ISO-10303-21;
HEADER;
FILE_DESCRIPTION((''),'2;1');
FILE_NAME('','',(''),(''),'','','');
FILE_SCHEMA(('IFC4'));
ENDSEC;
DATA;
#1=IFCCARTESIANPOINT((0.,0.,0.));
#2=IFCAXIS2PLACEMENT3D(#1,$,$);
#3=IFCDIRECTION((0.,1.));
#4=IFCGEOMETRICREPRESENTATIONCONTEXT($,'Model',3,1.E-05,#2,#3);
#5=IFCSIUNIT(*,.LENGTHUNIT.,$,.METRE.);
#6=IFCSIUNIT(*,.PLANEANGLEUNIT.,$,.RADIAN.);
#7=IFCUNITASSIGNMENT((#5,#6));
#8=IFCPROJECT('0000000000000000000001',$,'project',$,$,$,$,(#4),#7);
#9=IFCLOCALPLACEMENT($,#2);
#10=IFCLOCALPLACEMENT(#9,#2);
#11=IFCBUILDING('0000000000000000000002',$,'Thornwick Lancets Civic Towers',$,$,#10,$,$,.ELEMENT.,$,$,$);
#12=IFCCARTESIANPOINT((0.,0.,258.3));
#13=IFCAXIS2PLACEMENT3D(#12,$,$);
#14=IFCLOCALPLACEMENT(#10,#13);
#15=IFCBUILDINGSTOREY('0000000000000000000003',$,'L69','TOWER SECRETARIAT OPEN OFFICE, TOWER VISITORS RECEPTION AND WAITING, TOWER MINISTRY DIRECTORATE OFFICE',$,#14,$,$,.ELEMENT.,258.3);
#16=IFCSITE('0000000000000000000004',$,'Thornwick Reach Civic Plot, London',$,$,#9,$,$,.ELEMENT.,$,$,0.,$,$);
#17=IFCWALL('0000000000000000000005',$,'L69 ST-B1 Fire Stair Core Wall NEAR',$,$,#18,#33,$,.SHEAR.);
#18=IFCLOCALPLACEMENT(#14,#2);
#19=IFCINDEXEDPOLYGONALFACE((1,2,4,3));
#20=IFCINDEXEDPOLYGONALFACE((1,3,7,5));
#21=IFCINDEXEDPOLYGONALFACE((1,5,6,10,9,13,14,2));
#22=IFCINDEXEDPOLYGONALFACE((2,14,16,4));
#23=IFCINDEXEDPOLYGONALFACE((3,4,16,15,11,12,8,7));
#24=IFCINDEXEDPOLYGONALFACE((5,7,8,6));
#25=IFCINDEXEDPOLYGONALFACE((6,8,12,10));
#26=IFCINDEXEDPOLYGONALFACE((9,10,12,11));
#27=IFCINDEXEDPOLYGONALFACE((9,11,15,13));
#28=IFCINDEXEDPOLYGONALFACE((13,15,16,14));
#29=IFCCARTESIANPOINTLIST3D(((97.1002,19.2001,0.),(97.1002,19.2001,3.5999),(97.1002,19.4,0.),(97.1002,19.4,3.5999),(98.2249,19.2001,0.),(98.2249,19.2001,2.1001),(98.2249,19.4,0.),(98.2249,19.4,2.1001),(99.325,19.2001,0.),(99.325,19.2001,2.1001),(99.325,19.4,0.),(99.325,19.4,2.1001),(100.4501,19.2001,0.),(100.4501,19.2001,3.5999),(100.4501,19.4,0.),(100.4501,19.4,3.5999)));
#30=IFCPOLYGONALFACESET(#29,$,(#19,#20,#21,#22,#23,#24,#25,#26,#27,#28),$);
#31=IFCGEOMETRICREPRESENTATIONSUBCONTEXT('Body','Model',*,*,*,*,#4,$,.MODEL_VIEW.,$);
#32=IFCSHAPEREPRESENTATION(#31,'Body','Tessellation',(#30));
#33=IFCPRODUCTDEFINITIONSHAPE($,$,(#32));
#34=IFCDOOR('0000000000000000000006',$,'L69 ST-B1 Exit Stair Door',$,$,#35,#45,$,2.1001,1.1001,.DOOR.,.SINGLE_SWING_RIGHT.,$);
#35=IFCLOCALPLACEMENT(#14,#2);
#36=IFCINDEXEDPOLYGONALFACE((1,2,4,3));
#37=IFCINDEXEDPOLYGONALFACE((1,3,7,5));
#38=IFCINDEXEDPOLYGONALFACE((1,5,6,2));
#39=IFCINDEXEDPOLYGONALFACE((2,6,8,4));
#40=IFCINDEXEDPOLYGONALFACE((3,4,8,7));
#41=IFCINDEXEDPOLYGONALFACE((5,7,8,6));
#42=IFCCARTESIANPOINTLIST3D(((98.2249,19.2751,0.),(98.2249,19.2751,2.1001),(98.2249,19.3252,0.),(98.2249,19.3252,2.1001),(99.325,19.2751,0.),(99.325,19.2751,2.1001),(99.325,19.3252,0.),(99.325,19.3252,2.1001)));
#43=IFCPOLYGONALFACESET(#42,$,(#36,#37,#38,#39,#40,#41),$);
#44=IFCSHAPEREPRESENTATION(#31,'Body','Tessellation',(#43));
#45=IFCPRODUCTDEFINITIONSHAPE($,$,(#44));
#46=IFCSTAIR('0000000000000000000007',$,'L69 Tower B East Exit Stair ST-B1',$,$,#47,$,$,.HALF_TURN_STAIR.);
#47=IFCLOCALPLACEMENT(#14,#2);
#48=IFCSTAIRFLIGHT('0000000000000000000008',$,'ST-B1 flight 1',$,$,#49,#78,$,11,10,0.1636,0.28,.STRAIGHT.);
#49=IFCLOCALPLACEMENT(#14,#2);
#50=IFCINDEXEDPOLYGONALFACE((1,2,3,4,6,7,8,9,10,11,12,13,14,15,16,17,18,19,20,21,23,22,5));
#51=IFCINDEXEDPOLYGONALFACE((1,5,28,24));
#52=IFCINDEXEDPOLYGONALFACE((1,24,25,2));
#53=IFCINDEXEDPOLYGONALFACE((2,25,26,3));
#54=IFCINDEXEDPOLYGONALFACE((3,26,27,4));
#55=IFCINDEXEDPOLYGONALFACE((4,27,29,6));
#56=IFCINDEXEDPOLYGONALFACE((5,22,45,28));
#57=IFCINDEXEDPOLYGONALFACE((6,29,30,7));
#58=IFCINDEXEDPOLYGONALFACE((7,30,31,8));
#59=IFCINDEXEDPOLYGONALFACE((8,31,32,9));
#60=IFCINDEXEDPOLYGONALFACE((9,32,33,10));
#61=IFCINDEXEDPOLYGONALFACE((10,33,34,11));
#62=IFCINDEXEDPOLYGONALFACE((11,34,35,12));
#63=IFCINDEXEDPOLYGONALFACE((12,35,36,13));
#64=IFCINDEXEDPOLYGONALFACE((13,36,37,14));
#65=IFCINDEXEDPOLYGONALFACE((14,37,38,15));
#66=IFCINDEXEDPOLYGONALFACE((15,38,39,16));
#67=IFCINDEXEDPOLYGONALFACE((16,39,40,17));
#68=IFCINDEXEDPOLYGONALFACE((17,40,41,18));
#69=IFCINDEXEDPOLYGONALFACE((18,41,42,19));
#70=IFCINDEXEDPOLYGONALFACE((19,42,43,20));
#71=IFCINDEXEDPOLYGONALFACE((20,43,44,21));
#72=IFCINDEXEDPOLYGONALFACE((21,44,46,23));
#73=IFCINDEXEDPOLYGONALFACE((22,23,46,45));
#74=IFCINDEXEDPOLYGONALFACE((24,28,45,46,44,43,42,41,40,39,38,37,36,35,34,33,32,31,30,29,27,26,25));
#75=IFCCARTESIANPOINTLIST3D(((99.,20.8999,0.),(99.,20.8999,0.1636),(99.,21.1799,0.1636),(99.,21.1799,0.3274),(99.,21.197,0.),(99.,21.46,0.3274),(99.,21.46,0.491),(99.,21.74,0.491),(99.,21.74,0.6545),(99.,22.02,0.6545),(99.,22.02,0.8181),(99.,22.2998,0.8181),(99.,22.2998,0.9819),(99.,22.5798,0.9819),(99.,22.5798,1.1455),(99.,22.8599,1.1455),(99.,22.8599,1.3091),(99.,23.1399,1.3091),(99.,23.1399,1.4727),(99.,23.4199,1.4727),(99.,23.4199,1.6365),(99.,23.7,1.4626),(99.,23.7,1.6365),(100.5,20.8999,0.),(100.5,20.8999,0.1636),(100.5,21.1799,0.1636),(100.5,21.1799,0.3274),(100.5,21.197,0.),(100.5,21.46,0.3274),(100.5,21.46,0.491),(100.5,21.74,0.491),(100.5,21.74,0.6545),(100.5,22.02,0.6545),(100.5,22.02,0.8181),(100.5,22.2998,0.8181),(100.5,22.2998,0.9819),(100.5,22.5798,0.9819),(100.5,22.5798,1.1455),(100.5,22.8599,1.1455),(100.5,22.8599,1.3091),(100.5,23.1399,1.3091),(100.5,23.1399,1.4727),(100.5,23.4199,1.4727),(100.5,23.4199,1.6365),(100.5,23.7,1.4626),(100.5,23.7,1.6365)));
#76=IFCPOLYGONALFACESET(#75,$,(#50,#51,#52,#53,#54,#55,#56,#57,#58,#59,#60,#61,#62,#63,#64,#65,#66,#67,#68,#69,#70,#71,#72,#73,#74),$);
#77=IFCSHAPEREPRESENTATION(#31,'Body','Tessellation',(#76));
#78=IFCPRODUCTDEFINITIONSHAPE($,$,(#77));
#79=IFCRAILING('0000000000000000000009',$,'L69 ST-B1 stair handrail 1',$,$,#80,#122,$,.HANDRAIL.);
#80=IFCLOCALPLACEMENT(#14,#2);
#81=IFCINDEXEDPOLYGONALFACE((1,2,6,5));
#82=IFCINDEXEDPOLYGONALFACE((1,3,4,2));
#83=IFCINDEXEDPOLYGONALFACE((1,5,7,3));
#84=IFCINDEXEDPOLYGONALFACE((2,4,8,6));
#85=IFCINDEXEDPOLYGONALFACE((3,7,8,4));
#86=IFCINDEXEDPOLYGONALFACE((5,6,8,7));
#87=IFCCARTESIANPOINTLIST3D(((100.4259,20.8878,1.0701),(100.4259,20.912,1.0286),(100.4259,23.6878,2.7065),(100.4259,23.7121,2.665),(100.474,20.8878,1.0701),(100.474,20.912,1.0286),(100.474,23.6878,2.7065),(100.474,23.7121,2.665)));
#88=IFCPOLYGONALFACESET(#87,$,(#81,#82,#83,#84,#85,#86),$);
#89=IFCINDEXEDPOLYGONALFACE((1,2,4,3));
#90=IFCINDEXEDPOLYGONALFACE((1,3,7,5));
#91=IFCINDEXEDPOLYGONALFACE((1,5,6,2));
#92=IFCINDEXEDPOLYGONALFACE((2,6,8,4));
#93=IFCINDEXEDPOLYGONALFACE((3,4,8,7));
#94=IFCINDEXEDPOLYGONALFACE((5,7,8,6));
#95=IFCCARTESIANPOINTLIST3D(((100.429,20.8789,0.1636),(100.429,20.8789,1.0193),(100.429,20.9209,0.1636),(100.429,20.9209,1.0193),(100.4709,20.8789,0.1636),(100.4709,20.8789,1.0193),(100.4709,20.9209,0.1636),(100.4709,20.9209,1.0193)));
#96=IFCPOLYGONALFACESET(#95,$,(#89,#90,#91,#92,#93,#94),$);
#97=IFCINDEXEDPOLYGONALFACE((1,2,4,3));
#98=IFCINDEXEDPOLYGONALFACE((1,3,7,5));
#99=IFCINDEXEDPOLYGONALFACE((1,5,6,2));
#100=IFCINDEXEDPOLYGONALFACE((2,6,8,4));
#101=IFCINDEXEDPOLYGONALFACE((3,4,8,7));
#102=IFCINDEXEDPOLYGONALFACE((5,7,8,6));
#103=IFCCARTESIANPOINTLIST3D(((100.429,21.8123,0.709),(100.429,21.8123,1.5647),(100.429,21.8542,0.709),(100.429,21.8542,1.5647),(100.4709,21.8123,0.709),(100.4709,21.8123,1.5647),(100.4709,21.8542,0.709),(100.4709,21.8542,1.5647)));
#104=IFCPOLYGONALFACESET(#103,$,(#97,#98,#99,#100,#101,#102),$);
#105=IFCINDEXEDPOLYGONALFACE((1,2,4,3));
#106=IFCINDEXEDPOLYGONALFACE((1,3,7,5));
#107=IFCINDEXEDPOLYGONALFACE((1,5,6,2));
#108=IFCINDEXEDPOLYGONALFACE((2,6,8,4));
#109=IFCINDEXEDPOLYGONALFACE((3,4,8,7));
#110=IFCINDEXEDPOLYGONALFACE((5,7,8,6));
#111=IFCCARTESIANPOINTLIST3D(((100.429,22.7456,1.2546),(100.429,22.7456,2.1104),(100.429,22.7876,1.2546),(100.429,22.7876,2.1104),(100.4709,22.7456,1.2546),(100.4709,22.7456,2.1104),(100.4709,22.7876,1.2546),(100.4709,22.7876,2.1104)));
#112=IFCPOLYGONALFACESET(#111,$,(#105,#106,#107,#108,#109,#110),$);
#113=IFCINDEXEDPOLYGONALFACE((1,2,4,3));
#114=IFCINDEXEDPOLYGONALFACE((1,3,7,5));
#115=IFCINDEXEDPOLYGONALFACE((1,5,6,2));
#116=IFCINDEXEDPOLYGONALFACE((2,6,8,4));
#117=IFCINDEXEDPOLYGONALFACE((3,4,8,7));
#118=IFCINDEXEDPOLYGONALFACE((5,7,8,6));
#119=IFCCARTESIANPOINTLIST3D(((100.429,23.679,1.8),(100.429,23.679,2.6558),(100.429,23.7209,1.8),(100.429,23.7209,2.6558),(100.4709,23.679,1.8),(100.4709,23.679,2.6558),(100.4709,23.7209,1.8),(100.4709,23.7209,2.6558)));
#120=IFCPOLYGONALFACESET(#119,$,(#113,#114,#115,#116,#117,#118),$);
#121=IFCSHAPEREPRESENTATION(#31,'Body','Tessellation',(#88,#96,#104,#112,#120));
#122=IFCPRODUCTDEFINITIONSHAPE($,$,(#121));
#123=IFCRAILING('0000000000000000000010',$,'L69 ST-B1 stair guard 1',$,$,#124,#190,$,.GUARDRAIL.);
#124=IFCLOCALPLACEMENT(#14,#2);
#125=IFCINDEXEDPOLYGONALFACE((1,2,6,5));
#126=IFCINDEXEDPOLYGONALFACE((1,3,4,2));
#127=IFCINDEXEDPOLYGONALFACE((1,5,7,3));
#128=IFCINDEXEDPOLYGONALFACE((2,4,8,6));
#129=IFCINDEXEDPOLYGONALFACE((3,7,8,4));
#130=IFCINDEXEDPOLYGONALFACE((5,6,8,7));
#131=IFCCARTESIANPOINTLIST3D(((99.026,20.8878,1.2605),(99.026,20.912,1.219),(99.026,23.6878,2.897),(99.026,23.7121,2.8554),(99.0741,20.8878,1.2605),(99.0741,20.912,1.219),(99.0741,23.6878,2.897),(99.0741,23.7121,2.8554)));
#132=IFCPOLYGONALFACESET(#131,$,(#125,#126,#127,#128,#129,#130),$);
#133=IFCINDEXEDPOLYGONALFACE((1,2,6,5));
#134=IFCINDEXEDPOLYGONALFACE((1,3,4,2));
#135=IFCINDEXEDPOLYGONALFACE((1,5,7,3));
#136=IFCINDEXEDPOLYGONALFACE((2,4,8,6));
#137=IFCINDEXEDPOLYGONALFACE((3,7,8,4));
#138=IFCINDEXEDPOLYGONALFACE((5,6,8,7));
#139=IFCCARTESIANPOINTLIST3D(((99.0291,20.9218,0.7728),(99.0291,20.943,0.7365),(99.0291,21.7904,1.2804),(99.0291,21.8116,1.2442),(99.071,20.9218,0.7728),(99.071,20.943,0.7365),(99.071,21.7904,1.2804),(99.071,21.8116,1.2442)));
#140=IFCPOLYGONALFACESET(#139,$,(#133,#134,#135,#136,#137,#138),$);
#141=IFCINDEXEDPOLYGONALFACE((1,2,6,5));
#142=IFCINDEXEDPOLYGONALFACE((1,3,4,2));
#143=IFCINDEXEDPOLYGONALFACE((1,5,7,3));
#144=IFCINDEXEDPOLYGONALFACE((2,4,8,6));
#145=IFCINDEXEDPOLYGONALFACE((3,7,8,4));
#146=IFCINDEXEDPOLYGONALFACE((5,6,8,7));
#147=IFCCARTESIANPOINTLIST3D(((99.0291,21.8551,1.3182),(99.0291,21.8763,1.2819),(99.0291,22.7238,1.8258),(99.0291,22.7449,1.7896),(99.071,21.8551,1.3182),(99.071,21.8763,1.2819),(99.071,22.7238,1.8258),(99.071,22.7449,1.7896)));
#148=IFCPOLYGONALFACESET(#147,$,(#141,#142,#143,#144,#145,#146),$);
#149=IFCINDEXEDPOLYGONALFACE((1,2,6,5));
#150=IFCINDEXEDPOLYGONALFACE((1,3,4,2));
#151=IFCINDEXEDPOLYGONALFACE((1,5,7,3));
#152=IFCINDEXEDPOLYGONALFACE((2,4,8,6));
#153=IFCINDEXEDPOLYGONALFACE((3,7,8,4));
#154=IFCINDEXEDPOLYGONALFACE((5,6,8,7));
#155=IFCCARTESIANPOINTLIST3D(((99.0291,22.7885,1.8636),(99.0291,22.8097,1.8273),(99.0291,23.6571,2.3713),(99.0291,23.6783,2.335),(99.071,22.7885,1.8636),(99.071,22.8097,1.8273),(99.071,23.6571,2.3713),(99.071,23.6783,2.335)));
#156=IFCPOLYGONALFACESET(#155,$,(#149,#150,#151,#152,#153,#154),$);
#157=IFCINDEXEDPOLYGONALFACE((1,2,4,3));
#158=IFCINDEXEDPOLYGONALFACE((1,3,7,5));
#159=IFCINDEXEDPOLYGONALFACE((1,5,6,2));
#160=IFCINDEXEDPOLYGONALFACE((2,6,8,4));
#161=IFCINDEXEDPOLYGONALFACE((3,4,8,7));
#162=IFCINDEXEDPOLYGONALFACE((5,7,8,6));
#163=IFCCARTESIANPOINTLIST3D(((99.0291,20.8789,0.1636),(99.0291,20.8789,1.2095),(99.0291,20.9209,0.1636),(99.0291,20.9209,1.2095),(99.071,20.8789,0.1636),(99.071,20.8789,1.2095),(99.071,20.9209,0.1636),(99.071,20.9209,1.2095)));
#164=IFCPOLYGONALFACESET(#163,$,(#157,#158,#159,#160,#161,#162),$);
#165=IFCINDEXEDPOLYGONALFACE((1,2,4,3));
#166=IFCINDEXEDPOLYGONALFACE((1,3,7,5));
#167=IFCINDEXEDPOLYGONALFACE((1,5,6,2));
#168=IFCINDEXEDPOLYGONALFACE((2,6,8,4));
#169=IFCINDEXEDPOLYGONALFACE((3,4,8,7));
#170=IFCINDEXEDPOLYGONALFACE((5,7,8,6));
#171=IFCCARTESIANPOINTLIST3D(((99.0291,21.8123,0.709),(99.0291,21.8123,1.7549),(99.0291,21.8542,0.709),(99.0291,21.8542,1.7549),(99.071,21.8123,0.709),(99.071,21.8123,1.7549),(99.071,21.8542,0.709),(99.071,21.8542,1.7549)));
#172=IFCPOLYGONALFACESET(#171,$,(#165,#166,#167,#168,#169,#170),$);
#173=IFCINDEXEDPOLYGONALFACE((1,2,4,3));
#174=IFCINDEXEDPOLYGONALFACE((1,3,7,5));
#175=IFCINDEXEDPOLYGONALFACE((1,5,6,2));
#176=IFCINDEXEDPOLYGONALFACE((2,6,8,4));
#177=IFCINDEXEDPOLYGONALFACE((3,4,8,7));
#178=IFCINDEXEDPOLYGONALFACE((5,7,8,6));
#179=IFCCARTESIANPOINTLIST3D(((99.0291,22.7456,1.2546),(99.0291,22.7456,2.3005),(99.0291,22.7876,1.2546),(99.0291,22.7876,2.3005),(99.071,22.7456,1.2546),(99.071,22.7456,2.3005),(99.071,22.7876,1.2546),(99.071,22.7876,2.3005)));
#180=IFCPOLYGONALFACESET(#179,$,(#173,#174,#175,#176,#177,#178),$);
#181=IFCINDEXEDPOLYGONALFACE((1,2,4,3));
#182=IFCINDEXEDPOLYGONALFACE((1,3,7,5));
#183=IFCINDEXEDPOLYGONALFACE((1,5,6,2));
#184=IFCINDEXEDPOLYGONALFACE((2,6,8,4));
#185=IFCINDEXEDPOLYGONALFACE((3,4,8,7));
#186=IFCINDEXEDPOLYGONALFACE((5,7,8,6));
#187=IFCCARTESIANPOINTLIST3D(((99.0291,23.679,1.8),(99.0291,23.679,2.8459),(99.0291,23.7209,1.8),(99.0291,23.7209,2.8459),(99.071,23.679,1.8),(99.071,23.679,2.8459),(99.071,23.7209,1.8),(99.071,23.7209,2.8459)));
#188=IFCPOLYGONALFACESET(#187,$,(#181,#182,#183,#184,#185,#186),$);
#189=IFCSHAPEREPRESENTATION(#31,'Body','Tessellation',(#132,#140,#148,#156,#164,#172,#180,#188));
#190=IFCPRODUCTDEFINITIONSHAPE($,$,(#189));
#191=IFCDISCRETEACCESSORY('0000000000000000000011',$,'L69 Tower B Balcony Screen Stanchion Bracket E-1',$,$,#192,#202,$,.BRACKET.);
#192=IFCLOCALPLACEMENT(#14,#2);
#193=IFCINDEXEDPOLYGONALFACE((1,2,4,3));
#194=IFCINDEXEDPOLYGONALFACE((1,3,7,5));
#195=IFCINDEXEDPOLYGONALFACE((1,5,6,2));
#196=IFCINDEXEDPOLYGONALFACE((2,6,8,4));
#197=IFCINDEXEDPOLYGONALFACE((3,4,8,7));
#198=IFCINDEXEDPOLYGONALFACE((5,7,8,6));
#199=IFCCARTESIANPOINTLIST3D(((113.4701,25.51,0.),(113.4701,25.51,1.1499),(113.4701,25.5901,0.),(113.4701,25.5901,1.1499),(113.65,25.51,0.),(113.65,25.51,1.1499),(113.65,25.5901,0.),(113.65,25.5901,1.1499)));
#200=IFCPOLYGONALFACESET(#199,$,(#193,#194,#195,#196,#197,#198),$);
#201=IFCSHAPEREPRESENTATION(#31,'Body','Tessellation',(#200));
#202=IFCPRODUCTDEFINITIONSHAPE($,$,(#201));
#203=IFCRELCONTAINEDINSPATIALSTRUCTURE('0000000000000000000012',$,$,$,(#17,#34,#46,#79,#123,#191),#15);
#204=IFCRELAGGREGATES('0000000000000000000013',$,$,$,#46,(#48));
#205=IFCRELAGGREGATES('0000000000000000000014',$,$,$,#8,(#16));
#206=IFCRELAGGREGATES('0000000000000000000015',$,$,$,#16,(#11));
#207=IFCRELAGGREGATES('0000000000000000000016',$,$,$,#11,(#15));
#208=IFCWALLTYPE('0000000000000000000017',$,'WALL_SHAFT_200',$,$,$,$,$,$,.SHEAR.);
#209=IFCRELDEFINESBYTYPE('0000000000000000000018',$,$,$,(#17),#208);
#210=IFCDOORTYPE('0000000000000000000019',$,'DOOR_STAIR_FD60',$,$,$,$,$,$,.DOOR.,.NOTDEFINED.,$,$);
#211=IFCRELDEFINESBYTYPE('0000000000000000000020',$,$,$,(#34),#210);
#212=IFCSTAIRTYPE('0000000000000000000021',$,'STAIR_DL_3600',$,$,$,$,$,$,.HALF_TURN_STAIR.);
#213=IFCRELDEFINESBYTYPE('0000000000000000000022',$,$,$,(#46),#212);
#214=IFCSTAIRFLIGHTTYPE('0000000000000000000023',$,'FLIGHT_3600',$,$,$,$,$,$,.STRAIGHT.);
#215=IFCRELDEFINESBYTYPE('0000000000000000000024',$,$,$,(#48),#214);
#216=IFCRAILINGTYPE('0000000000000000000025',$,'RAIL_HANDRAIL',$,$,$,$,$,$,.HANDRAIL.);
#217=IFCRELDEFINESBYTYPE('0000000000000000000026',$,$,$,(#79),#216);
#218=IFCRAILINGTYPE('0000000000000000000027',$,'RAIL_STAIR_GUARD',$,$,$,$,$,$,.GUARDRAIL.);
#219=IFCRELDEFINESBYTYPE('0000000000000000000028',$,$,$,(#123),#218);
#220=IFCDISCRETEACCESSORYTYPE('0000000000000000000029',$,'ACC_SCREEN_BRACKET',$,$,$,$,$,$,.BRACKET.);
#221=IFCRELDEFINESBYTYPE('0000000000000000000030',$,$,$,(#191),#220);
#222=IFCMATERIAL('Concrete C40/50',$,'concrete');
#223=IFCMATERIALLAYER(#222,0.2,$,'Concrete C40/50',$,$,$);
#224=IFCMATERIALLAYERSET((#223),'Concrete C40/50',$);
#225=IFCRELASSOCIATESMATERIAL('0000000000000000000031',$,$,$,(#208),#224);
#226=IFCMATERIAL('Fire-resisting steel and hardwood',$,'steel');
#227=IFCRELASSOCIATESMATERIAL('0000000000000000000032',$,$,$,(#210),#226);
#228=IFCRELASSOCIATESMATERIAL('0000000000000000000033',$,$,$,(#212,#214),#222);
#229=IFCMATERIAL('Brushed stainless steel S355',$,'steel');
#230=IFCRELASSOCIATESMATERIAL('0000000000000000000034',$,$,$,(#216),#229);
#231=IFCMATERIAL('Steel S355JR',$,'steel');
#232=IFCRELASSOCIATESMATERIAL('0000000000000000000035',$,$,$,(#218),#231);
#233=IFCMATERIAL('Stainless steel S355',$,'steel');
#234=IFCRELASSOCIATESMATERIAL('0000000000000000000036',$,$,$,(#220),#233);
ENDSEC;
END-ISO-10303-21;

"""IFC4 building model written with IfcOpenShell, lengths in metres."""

from ifc_helpers import new_model, si_unit, direction, frame, frame_2d, origin, origin_2d, place, context, subcontext, project, spatial, polyline, rectangle, outline, extrude, material, layer, layer_set, type_object, element, fill, aggregate, save


model = new_model("IFC4")

# Units and contexts
model_context = context("Model", 3, precision=1e-05, world=origin(), true_north=direction((0.0, 1.0)))
body_context = subcontext(model_context, "Body", "Model", "MODEL_VIEW")
ifc_project = project(units=[si_unit("LENGTHUNIT", "METRE"), si_unit("PLANEANGLEUNIT", "RADIAN")], contexts=[model_context])

# Site, building, storey
site_placement = place(None, origin())
site = spatial("IfcSite", under=ifc_project, at=site_placement, Name="Thornwick Reach Civic Plot, London", CompositionType="ELEMENT", RefElevation=0.0)
building_placement = place(site_placement, origin())
building = spatial("IfcBuilding", under=site, at=building_placement, Name="Thornwick Lancets Civic Towers", CompositionType="ELEMENT")
storey_placement = place(building_placement, frame((0.0, 0.0, 258.3)))
storey = spatial("IfcBuildingStorey", under=building, at=storey_placement, Name="L69", Description="TOWER SECRETARIAT OPEN OFFICE, TOWER VISITORS RECEPTION AND WAITING, TOWER MINISTRY DIRECTORATE OFFICE", CompositionType="ELEMENT", Elevation=258.3)

# Shared definitions
ifc_material_1 = material(Name="Steel S355JR", Category="steel")

# Shared definitions
ifc_material_2 = material(Name="Concrete C40/50", Category="concrete")

# Wall, opening, door
ifc_layer_1 = layer(ifc_material_2, 0.2, Name="Concrete C40/50")
ifc_layer_set_1 = layer_set([ifc_layer_1], Name="Concrete C40/50")
wall_type_1 = type_object("IfcWallType", Name="WALL_SHAFT_200", PredefinedType="SHEAR", material=ifc_layer_set_1)
wall_1_placement = place(storey_placement, frame((100.45, 19.3, 0.0), z_axis=(0.0, 0.0, 1.0), x_axis=(-1.0, 0.0, 0.0)))
wall_1 = element("IfcWall", 1, at=wall_1_placement, inside=storey, type_object=wall_type_1, Name="L69 ST-B1 Fire Stair Core Wall NEAR", PredefinedType="SHEAR", context=body_context, shape_type="SweptSolid", body=[
    extrude(rectangle(XDim=3.3499, YDim=0.2, at=frame_2d((1.6748, 0.0))), origin(), (0.0, 0.0, 1.0), 3.5999),
])
opening_1_placement = place(wall_1_placement, frame((1.125, 0.0, 0.0)))
opening_1 = element("IfcOpeningElement", 2, at=opening_1_placement, cuts=wall_1, PredefinedType="OPENING", context=body_context, shape_type="SweptSolid", body=[
    extrude(rectangle(XDim=1.1001, YDim=2.1001, at=frame_2d((0.55, 1.05))), frame((0.0, 0.1099, 0.0), z_axis=(0.0, -1.0, 0.0), x_axis=(1.0, 0.0, 0.0)), (0.0, 0.0, 1.0), 0.22),
])
ifc_material_3 = material(Name="Fire-resisting steel and hardwood", Category="steel")
door_type_1 = type_object("IfcDoorType", Name="DOOR_STAIR_FD60", OperationType="NOTDEFINED", PredefinedType="DOOR", material=ifc_material_3)
door_1_placement = place(opening_1_placement, origin())
door_1 = element("IfcDoor", 3, at=door_1_placement, inside=storey, type_object=door_type_1, Name="L69 ST-B1 Exit Stair Door", OperationType="SINGLE_SWING_RIGHT", OverallHeight=2.1001, OverallWidth=1.1001, PredefinedType="DOOR", context=body_context, shape_type="SweptSolid", body=[
    extrude(rectangle(XDim=1.1001, YDim=2.1001, at=frame_2d((0.55, 1.05))), frame((0.0, 0.0249, 0.0), z_axis=(0.0, -1.0, 0.0), x_axis=(1.0, 0.0, 0.0)), (0.0, 0.0, 1.0), 0.05),
])
fill(opening_1, door_1)

# Stair, stair flight
stair_type = type_object("IfcStairType", Name="STAIR_DL_3600", PredefinedType="HALF_TURN_STAIR", material=ifc_material_2)
stair_placement = place(storey_placement, origin())
stair = element("IfcStair", 4, at=stair_placement, inside=storey, type_object=stair_type, Name="L69 Tower B East Exit Stair ST-B1", PredefinedType="HALF_TURN_STAIR")
stair_flight_type = type_object("IfcStairFlightType", Name="FLIGHT_3600", PredefinedType="STRAIGHT", material=ifc_material_2)
stair_flight_placement = place(storey_placement, frame((99.75, 20.8999, 0.0), z_axis=(0.0, 0.0, 1.0), x_axis=(0.0, 1.0, 0.0)))
stair_flight = element("IfcStairFlight", 5, at=stair_flight_placement, type_object=stair_flight_type, Name="ST-B1 flight 1", NumberOfRisers=11, NumberOfTreads=10, PredefinedType="STRAIGHT", RiserHeight=0.1636, TreadLength=0.28, context=body_context, shape_type="SweptSolid", body=[
    extrude(outline(polyline([(0.0, 0.0), (0.0, 0.1636), (0.28, 0.1636), (0.28, 0.3274), (0.5601, 0.3274), (0.5601, 0.491), (0.8401, 0.491), (0.8401, 0.6545), (1.1201, 0.6545), (1.1201, 0.8181), (1.3999, 0.8181), (1.3999, 0.9819), (1.6799, 0.9819), (1.6799, 1.1455), (1.96, 1.1455), (1.96, 1.3091), (2.24, 1.3091), (2.24, 1.4727), (2.52, 1.4727), (2.52, 1.6365), (2.8, 1.6365), (2.8, 1.8), (2.8, 1.4626), (0.2971, 0.0), (0.0, 0.0)])), frame((0.0, 0.75, 0.0), z_axis=(0.0, -1.0, 0.0), x_axis=(1.0, 0.0, 0.0)), (0.0, 0.0, 1.0), 1.5),
])
aggregate(stair, [stair_flight])

# Railings
ifc_material_4 = material(Name="Brushed stainless steel S355", Category="steel")
railing_type_1 = type_object("IfcRailingType", Name="RAIL_HANDRAIL", PredefinedType="HANDRAIL", material=ifc_material_4)
railing_1_placement = place(storey_placement, frame((100.45, 20.8999, 0.1636)))
element("IfcRailing", 6, at=railing_1_placement, inside=storey, type_object=railing_type_1, Name="L69 ST-B1 stair handrail 1", PredefinedType="HANDRAIL", context=body_context, shape_type="SweptSolid", body=[
    extrude(rectangle(XDim=0.0481, YDim=0.0481, at=origin_2d()), frame((0.0, 0.0, 0.8857), z_axis=(0.0, 0.863361, 0.504587), x_axis=(-1.0, 0.0, 0.0)), (0.0, 0.0, 1.0), 3.2432),
    extrude(rectangle(XDim=0.042, YDim=0.042, at=origin_2d()), origin(), (0.0, 0.0, 1.0), 0.8557),
    extrude(rectangle(XDim=0.042, YDim=0.042, at=origin_2d()), frame((0.0, 0.9333, 0.5454)), (0.0, 0.0, 1.0), 0.8557),
    extrude(rectangle(XDim=0.042, YDim=0.042, at=origin_2d()), frame((0.0, 1.8667, 1.0911)), (0.0, 0.0, 1.0), 0.8557),
    extrude(rectangle(XDim=0.042, YDim=0.042, at=origin_2d()), frame((0.0, 2.8, 1.6365)), (0.0, 0.0, 1.0), 0.8557),
])
railing_type_2 = type_object("IfcRailingType", Name="RAIL_STAIR_GUARD", PredefinedType="GUARDRAIL", material=ifc_material_1)
railing_2_placement = place(storey_placement, frame((99.05, 20.8999, 0.1636)))
element("IfcRailing", 7, at=railing_2_placement, inside=storey, type_object=railing_type_2, Name="L69 ST-B1 stair guard 1", PredefinedType="GUARDRAIL", context=body_context, shape_type="SweptSolid", body=[
    extrude(rectangle(XDim=0.0481, YDim=0.0481, at=origin_2d()), frame((0.0, 0.0, 1.0762), z_axis=(0.0, 0.863361, 0.504587), x_axis=(-1.0, 0.0, 0.0)), (0.0, 0.0, 1.0), 3.2432),
    extrude(rectangle(XDim=0.042, YDim=0.042, at=origin_2d()), frame((0.0, 0.0325, 0.5911), z_axis=(0.0, 0.863361, 0.504587), x_axis=(-1.0, 0.0, 0.0)), (0.0, 0.0, 1.0), 1.0061),
    extrude(rectangle(XDim=0.042, YDim=0.042, at=origin_2d()), frame((0.0, 0.9658, 1.1365), z_axis=(0.0, 0.863361, 0.504587), x_axis=(-1.0, 0.0, 0.0)), (0.0, 0.0, 1.0), 1.0061),
    extrude(rectangle(XDim=0.042, YDim=0.042, at=origin_2d()), frame((0.0, 1.8992, 1.6819), z_axis=(0.0, 0.863361, 0.504587), x_axis=(-1.0, 0.0, 0.0)), (0.0, 0.0, 1.0), 1.0061),
    extrude(rectangle(XDim=0.042, YDim=0.042, at=origin_2d()), origin(), (0.0, 0.0, 1.0), 1.0459),
    extrude(rectangle(XDim=0.042, YDim=0.042, at=origin_2d()), frame((0.0, 0.9333, 0.5454)), (0.0, 0.0, 1.0), 1.0459),
    extrude(rectangle(XDim=0.042, YDim=0.042, at=origin_2d()), frame((0.0, 1.8667, 1.0911)), (0.0, 0.0, 1.0), 1.0459),
    extrude(rectangle(XDim=0.042, YDim=0.042, at=origin_2d()), frame((0.0, 2.8, 1.6365)), (0.0, 0.0, 1.0), 1.0459),
])

# Discrete accessory
ifc_material_5 = material(Name="Stainless steel S355", Category="steel")
discrete_accessory_type = type_object("IfcDiscreteAccessoryType", Name="ACC_SCREEN_BRACKET", PredefinedType="BRACKET", material=ifc_material_5)
discrete_accessory_placement = place(storey_placement, frame((113.5601, 25.55, 0.0), z_axis=(0.0, 0.0, 1.0), x_axis=(0.0, 1.0, 0.0)))
element("IfcDiscreteAccessory", 8, at=discrete_accessory_placement, inside=storey, type_object=discrete_accessory_type, Name="L69 Tower B Balcony Screen Stanchion Bracket E-1", PredefinedType="BRACKET", context=body_context, shape_type="SweptSolid", body=[
    extrude(rectangle(XDim=0.0801, YDim=0.1799, at=origin_2d()), origin(), (0.0, 0.0, 1.0), 1.1499),
])

save(model, "model.ifc")
